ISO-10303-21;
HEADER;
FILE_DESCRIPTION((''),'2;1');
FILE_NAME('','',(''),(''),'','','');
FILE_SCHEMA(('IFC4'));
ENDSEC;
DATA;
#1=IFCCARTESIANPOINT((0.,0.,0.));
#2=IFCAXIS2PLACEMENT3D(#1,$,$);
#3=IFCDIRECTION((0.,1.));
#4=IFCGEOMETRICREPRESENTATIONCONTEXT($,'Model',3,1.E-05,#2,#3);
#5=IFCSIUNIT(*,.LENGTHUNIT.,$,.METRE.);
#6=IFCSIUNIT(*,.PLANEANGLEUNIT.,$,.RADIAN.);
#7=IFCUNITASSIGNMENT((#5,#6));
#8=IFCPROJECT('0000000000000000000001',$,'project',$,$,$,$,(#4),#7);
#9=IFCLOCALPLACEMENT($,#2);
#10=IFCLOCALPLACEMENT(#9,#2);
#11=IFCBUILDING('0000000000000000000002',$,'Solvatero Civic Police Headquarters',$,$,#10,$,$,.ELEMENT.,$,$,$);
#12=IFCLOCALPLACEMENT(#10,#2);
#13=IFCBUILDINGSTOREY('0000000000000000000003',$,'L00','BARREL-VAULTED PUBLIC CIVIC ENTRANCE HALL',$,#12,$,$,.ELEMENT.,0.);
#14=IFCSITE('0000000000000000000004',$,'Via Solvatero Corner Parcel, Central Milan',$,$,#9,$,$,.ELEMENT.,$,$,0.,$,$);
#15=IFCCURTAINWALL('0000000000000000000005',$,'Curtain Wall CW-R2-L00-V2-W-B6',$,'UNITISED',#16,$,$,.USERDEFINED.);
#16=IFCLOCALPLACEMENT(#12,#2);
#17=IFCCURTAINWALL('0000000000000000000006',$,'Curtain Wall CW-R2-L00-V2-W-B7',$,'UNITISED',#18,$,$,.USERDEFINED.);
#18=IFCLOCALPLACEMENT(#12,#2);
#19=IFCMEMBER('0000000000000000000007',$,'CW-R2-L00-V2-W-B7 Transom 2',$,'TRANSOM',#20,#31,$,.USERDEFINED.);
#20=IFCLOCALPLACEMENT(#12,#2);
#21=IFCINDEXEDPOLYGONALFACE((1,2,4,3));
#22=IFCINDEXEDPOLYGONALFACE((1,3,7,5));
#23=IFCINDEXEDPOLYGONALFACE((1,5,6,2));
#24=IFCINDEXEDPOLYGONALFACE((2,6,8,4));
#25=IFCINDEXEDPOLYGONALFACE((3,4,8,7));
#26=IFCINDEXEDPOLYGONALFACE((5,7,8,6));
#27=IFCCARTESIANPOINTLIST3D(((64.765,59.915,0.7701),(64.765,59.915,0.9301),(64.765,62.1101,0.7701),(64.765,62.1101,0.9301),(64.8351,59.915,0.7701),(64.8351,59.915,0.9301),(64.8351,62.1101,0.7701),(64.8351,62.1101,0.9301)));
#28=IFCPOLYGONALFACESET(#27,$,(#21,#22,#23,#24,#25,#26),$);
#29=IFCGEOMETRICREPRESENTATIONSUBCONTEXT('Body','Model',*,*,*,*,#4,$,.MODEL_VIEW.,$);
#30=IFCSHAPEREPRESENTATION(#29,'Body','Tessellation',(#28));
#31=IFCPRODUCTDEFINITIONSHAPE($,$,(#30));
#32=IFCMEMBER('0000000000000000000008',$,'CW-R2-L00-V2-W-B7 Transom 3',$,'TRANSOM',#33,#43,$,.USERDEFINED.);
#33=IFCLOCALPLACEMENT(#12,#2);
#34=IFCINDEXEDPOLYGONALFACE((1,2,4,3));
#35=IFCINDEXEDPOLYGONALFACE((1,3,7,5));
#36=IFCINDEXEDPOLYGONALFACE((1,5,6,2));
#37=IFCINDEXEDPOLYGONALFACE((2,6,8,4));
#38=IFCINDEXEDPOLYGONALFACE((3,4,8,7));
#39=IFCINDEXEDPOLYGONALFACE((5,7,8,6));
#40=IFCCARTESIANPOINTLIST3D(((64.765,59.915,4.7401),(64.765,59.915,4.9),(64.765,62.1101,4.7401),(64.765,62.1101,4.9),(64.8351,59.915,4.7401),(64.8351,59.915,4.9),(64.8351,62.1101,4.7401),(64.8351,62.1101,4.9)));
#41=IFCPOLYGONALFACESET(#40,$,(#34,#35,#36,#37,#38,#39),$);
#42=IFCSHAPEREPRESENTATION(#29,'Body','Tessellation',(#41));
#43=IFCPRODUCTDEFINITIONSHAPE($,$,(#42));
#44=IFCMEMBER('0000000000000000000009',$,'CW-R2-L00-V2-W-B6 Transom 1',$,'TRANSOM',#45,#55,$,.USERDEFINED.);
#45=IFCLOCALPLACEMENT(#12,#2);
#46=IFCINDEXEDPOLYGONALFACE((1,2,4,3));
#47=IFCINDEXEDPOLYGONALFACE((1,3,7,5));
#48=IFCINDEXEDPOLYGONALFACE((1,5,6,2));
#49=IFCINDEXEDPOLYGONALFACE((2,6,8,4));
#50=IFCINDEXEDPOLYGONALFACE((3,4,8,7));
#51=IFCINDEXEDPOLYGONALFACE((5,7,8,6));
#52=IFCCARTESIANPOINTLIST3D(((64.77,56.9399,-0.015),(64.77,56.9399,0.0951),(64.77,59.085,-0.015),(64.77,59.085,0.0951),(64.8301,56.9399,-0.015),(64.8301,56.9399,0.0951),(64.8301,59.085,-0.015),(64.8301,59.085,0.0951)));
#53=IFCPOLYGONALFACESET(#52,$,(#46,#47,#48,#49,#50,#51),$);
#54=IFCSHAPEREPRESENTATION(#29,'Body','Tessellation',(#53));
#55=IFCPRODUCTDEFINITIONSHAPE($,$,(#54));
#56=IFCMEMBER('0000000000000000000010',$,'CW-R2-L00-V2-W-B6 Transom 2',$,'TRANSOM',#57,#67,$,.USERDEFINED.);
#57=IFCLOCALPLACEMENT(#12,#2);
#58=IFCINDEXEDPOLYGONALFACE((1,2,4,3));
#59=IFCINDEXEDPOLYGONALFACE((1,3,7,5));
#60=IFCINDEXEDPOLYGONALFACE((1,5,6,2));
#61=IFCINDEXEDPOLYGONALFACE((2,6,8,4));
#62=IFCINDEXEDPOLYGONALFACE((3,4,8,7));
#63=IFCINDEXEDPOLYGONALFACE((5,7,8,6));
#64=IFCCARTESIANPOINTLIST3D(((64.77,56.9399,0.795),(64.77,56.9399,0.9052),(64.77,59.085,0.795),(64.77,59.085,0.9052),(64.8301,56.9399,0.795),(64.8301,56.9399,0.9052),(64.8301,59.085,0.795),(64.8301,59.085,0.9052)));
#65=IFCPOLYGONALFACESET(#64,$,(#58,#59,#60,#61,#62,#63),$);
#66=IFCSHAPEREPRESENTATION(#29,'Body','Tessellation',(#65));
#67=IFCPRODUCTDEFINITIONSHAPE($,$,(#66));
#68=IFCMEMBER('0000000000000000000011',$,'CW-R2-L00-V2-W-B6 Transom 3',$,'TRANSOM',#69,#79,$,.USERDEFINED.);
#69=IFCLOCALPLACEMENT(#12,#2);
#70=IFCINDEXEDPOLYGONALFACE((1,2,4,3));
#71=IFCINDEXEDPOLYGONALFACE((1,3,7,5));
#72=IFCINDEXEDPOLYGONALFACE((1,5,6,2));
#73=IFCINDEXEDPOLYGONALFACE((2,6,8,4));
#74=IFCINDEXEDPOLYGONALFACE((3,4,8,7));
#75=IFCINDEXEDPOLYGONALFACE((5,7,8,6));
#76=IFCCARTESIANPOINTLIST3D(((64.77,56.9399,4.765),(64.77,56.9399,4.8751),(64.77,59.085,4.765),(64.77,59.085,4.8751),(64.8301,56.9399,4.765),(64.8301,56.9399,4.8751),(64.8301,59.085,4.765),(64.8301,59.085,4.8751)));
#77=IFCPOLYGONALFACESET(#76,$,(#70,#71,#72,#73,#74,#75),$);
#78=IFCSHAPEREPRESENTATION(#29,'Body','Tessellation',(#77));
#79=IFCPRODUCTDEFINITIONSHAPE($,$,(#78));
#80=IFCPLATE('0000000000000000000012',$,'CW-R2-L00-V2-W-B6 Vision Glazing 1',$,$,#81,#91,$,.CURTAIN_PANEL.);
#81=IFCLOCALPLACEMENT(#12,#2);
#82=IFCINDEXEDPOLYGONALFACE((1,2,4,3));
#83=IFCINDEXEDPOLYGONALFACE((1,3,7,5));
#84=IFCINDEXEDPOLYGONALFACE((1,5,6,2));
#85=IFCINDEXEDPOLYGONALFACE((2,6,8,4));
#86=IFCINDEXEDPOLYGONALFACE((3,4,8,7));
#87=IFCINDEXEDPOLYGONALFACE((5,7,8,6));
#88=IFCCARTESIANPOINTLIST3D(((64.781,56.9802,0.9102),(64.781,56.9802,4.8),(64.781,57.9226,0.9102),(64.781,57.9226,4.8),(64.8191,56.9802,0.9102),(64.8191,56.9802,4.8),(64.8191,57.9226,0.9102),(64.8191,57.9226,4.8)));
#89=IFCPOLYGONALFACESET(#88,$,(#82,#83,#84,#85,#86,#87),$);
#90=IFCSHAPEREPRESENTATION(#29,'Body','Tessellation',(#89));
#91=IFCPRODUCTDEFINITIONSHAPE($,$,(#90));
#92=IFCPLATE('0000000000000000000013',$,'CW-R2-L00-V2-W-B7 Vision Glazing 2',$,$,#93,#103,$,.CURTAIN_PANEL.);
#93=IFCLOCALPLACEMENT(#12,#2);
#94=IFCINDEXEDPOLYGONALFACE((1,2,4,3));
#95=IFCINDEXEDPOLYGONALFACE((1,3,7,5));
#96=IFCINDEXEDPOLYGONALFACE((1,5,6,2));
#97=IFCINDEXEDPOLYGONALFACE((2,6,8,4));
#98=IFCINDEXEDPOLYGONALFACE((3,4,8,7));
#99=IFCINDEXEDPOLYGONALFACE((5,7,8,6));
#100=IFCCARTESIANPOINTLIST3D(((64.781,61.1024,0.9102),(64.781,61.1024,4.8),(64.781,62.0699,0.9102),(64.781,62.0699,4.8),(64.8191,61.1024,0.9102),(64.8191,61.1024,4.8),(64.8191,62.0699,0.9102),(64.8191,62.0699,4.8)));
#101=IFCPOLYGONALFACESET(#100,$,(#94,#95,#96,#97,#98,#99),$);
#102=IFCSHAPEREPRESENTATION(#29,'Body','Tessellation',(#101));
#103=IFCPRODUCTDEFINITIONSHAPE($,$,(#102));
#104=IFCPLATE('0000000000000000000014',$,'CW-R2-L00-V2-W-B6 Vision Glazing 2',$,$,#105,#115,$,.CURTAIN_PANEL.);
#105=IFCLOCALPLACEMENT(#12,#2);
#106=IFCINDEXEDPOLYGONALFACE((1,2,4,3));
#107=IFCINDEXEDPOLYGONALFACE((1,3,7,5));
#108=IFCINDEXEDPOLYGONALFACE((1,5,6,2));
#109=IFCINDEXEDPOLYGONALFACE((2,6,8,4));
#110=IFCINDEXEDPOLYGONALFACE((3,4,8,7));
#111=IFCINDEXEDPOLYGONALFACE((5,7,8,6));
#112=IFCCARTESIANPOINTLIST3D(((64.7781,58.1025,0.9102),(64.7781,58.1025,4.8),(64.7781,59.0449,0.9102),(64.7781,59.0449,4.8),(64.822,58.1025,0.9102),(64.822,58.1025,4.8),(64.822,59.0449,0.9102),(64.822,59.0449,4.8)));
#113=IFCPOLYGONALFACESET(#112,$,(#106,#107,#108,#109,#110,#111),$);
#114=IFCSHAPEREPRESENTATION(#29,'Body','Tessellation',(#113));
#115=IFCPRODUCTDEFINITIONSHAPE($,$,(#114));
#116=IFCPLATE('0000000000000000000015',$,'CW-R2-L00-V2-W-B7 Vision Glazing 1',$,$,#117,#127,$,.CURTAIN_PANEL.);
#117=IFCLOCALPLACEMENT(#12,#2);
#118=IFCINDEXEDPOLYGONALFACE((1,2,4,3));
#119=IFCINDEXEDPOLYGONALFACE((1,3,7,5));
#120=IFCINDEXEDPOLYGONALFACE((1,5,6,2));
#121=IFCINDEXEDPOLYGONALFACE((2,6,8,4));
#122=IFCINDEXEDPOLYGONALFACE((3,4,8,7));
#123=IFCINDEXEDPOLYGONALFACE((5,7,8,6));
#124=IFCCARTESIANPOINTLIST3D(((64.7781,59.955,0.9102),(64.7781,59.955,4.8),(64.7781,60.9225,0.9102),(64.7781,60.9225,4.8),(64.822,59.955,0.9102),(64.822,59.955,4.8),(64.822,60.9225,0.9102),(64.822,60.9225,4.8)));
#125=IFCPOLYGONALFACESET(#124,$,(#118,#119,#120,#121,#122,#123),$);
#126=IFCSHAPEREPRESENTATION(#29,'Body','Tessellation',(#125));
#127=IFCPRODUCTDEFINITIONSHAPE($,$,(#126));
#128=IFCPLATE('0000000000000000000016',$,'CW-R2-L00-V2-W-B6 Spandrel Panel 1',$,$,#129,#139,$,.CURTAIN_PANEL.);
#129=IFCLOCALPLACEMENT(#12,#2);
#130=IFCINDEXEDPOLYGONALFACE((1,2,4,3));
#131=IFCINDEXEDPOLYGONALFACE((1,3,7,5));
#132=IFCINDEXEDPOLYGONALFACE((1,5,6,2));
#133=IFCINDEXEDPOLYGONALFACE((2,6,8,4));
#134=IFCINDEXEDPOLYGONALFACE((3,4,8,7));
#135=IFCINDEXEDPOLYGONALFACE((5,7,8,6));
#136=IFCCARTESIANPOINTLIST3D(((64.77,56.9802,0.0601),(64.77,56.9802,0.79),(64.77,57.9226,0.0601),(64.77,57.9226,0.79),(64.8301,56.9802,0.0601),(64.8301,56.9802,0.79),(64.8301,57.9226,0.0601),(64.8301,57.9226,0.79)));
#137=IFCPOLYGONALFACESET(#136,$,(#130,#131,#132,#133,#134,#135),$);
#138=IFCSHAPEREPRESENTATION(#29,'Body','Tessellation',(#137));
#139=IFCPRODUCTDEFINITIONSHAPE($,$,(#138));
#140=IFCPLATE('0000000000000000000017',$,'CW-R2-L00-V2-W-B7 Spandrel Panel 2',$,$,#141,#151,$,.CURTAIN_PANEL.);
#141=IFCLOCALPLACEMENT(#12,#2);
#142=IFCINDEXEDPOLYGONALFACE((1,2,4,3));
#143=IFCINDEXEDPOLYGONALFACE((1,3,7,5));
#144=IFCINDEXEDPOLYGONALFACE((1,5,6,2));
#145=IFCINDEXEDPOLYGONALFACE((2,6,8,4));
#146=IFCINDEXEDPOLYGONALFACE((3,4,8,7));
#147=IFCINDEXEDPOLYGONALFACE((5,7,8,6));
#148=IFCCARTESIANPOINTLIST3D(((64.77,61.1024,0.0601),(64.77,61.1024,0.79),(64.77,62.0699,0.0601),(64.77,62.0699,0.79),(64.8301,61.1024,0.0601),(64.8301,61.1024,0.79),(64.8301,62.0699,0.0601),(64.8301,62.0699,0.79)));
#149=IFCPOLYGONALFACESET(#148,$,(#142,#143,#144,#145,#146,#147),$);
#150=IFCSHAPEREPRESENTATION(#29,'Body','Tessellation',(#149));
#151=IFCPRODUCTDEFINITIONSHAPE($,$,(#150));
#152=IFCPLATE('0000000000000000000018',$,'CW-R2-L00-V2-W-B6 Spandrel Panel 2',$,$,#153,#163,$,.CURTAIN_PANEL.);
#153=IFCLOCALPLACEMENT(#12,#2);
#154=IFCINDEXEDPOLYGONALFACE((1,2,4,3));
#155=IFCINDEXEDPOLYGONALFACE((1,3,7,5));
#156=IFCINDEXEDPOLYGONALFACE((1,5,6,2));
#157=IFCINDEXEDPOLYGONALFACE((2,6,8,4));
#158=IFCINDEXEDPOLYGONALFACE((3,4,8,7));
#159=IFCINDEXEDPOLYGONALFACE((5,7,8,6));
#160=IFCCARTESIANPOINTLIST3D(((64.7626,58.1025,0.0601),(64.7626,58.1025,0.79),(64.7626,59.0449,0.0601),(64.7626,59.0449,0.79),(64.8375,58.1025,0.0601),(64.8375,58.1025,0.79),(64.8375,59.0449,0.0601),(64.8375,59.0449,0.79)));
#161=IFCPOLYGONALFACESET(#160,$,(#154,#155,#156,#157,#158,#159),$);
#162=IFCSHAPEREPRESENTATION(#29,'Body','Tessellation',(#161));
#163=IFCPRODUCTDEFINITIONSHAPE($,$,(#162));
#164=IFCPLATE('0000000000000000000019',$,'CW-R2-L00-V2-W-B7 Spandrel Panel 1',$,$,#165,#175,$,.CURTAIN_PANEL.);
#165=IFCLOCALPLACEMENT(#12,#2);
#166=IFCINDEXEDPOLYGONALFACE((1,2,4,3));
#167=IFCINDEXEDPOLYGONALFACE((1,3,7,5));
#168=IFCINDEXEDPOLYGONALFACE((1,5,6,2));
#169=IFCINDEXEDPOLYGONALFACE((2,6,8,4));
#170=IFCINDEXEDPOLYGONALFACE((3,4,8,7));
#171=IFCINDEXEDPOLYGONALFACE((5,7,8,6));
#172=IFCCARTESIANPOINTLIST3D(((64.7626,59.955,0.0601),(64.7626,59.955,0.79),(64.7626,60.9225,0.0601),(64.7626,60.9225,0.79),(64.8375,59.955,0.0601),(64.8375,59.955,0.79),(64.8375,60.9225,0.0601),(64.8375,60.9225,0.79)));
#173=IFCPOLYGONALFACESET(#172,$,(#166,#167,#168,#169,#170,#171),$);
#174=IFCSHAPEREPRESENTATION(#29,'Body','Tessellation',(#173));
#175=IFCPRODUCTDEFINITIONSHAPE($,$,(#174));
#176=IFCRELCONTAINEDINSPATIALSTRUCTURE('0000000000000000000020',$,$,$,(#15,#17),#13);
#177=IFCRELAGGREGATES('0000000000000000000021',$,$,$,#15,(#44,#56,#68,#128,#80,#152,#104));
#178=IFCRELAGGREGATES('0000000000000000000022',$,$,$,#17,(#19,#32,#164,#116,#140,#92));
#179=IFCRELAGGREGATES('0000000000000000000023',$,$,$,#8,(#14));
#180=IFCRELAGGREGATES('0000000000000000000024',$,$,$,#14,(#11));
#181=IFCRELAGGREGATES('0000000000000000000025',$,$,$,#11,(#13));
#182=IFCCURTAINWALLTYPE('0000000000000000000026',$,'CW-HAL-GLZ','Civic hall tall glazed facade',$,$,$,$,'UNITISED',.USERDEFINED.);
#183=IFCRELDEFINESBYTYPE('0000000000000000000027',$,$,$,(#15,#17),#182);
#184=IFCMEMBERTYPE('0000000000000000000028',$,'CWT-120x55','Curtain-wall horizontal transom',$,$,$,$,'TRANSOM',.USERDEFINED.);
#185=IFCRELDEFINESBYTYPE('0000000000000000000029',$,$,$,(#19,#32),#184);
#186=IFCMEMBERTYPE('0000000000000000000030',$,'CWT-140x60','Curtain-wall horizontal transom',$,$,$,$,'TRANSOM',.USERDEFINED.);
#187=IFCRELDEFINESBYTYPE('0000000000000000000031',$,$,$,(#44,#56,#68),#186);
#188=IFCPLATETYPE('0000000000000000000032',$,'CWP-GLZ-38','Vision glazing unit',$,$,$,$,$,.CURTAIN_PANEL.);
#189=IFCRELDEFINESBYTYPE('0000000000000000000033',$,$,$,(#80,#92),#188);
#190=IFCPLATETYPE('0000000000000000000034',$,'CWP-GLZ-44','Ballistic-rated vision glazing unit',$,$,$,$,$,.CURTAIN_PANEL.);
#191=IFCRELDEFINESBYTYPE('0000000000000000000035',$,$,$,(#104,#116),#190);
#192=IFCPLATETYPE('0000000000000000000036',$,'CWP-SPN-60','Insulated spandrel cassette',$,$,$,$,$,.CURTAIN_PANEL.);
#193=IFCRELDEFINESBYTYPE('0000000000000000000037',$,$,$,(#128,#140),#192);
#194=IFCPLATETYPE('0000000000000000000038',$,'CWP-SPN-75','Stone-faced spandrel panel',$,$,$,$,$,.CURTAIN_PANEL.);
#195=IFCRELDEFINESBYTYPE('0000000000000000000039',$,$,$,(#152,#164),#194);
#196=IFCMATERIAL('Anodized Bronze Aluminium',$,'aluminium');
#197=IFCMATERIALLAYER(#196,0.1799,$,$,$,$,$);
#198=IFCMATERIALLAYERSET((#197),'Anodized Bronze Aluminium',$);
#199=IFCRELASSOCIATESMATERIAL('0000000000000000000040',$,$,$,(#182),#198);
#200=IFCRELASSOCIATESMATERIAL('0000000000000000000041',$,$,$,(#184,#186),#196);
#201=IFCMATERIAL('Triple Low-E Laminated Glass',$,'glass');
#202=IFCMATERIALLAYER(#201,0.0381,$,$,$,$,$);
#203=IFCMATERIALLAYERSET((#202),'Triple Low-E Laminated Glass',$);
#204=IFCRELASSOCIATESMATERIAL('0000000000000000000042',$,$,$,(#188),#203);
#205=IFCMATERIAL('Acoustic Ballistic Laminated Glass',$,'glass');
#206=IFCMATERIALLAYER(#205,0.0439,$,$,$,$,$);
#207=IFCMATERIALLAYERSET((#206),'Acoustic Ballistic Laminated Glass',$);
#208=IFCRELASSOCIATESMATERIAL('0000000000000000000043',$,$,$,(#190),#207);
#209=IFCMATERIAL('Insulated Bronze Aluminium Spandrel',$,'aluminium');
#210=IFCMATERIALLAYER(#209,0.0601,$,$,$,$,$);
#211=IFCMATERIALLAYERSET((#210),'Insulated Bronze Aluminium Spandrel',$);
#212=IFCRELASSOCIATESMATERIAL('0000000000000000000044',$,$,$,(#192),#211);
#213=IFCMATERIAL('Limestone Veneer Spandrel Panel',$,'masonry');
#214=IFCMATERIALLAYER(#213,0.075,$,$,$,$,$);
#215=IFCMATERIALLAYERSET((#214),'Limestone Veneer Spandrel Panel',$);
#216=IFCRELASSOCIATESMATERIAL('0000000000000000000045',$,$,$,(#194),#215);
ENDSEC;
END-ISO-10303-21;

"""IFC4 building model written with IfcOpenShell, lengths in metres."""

from ifc_helpers import new_model, si_unit, direction, frame, origin, origin_2d, place, context, subcontext, project, spatial, rectangle, extrude, material, layer, layer_set, material_profile, profile_set, type_object, element, aggregate, save


model = new_model("IFC4")

# Units and contexts
model_context = context("Model", 3, precision=1e-05, world=origin(), true_north=direction((0.0, 1.0)))
body_context = subcontext(model_context, "Body", "Model", "MODEL_VIEW")
ifc_project = project(units=[si_unit("LENGTHUNIT", "METRE"), si_unit("PLANEANGLEUNIT", "RADIAN")], contexts=[model_context])

# Site, building, storey
site_placement = place(None, origin())
site = spatial("IfcSite", under=ifc_project, at=site_placement, Name="Via Solvatero Corner Parcel, Central Milan", CompositionType="ELEMENT", RefElevation=0.0)
building_placement = place(site_placement, origin())
building = spatial("IfcBuilding", under=site, at=building_placement, Name="Solvatero Civic Police Headquarters", CompositionType="ELEMENT")
storey_placement = place(building_placement, origin())
storey = spatial("IfcBuildingStorey", under=building, at=storey_placement, Name="L00", Description="BARREL-VAULTED PUBLIC CIVIC ENTRANCE HALL", CompositionType="ELEMENT", Elevation=0.0)

# Curtain walls, members
ifc_material_1 = material(Name="Anodized Bronze Aluminium", Category="aluminium")
ifc_layer_1 = layer(ifc_material_1, 0.1799)
ifc_layer_set_1 = layer_set([ifc_layer_1], Name="Anodized Bronze Aluminium")
curtain_wall_type = type_object("IfcCurtainWallType", Name="CW-HAL-GLZ", Description="Civic hall tall glazed facade", ElementType="UNITISED", PredefinedType="USERDEFINED", material=ifc_layer_set_1)
curtain_wall_1_placement = place(storey_placement, origin())
curtain_wall_1 = element("IfcCurtainWall", 1, at=curtain_wall_1_placement, inside=storey, type_object=curtain_wall_type, Name="Curtain Wall CW-R2-L00-V2-W-B6", ObjectType="UNITISED", PredefinedType="USERDEFINED")
curtain_wall_2_placement = place(storey_placement, origin())
curtain_wall_2 = element("IfcCurtainWall", 2, at=curtain_wall_2_placement, inside=storey, type_object=curtain_wall_type, Name="Curtain Wall CW-R2-L00-V2-W-B7", ObjectType="UNITISED", PredefinedType="USERDEFINED")
ifc_material_profile_1 = material_profile(ifc_material_1, rectangle(XDim=0.0701, YDim=0.1599, at=origin_2d()), Name="ALU TRANSOM 70x160")
ifc_profile_set_1 = profile_set([ifc_material_profile_1], Name="Anodized Bronze Aluminium")
member_type_1 = type_object("IfcMemberType", Name="CWT-120x55", Description="Curtain-wall horizontal transom", ElementType="TRANSOM", PredefinedType="USERDEFINED", material=ifc_profile_set_1)
member_1_placement = place(storey_placement, frame((64.8, 59.915, 0.8501), z_axis=(0.0, 1.0, 0.0), x_axis=(-1.0, 0.0, 0.0)))
member_1 = element("IfcMember", 3, at=member_1_placement, type_object=member_type_1, Name="CW-R2-L00-V2-W-B7 Transom 2", ObjectType="TRANSOM", PredefinedType="USERDEFINED", context=body_context, shape_type="SweptSolid", body=[
    extrude(rectangle(XDim=0.0701, YDim=0.1599, at=origin_2d()), origin(), (0.0, 0.0, 1.0), 2.1951),
])
member_2_placement = place(storey_placement, frame((64.8, 59.915, 4.8201), z_axis=(0.0, 1.0, 0.0), x_axis=(-1.0, 0.0, 0.0)))
member_2 = element("IfcMember", 4, at=member_2_placement, type_object=member_type_1, Name="CW-R2-L00-V2-W-B7 Transom 3", ObjectType="TRANSOM", PredefinedType="USERDEFINED", context=body_context, shape_type="SweptSolid", body=[
    extrude(rectangle(XDim=0.0701, YDim=0.1599, at=origin_2d()), origin(), (0.0, 0.0, 1.0), 2.1951),
])

# Members
ifc_material_profile_2 = material_profile(ifc_material_1, rectangle(XDim=0.0601, YDim=0.1101, at=origin_2d()), Name="ALU TRANSOM 60x110")
ifc_profile_set_2 = profile_set([ifc_material_profile_2], Name="Anodized Bronze Aluminium")
member_type_2 = type_object("IfcMemberType", Name="CWT-140x60", Description="Curtain-wall horizontal transom", ElementType="TRANSOM", PredefinedType="USERDEFINED", material=ifc_profile_set_2)
member_3_placement = place(storey_placement, frame((64.8, 56.9399, 0.04), z_axis=(0.0, 1.0, 0.0), x_axis=(-1.0, 0.0, 0.0)))
member_3 = element("IfcMember", 5, at=member_3_placement, type_object=member_type_2, Name="CW-R2-L00-V2-W-B6 Transom 1", ObjectType="TRANSOM", PredefinedType="USERDEFINED", context=body_context, shape_type="SweptSolid", body=[
    extrude(rectangle(XDim=0.0601, YDim=0.1101, at=origin_2d()), origin(), (0.0, 0.0, 1.0), 2.145),
])
member_4_placement = place(storey_placement, frame((64.8, 56.9399, 0.8501), z_axis=(0.0, 1.0, 0.0), x_axis=(-1.0, 0.0, 0.0)))
member_4 = element("IfcMember", 6, at=member_4_placement, type_object=member_type_2, Name="CW-R2-L00-V2-W-B6 Transom 2", ObjectType="TRANSOM", PredefinedType="USERDEFINED", context=body_context, shape_type="SweptSolid", body=[
    extrude(rectangle(XDim=0.0601, YDim=0.1101, at=origin_2d()), origin(), (0.0, 0.0, 1.0), 2.145),
])
member_5_placement = place(storey_placement, frame((64.8, 56.9399, 4.8201), z_axis=(0.0, 1.0, 0.0), x_axis=(-1.0, 0.0, 0.0)))
member_5 = element("IfcMember", 7, at=member_5_placement, type_object=member_type_2, Name="CW-R2-L00-V2-W-B6 Transom 3", ObjectType="TRANSOM", PredefinedType="USERDEFINED", context=body_context, shape_type="SweptSolid", body=[
    extrude(rectangle(XDim=0.0601, YDim=0.1101, at=origin_2d()), origin(), (0.0, 0.0, 1.0), 2.145),
])

# Plates
ifc_material_2 = material(Name="Triple Low-E Laminated Glass", Category="glass")
ifc_layer_2 = layer(ifc_material_2, 0.0381)
ifc_layer_set_2 = layer_set([ifc_layer_2], Name="Triple Low-E Laminated Glass")
plate_type_1 = type_object("IfcPlateType", Name="CWP-GLZ-38", Description="Vision glazing unit", PredefinedType="CURTAIN_PANEL", material=ifc_layer_set_2)
plate_1_placement = place(storey_placement, frame((64.8, 57.4514, 0.9102), z_axis=(0.0, 0.0, 1.0), x_axis=(0.0, 1.0, 0.0)))
plate_1 = element("IfcPlate", 8, at=plate_1_placement, type_object=plate_type_1, Name="CW-R2-L00-V2-W-B6 Vision Glazing 1", PredefinedType="CURTAIN_PANEL", context=body_context, shape_type="SweptSolid", body=[
    extrude(rectangle(XDim=0.9424, YDim=0.0381, at=origin_2d()), origin(), (0.0, 0.0, 1.0), 3.8899),
])
plate_2_placement = place(storey_placement, frame((64.8, 61.5862, 0.9102), z_axis=(0.0, 0.0, 1.0), x_axis=(0.0, 1.0, 0.0)))
plate_2 = element("IfcPlate", 9, at=plate_2_placement, type_object=plate_type_1, Name="CW-R2-L00-V2-W-B7 Vision Glazing 2", PredefinedType="CURTAIN_PANEL", context=body_context, shape_type="SweptSolid", body=[
    extrude(rectangle(XDim=0.9675, YDim=0.0381, at=origin_2d()), origin(), (0.0, 0.0, 1.0), 3.8899),
])
ifc_material_3 = material(Name="Acoustic Ballistic Laminated Glass", Category="glass")
ifc_layer_3 = layer(ifc_material_3, 0.0439)
ifc_layer_set_3 = layer_set([ifc_layer_3], Name="Acoustic Ballistic Laminated Glass")
plate_type_2 = type_object("IfcPlateType", Name="CWP-GLZ-44", Description="Ballistic-rated vision glazing unit", PredefinedType="CURTAIN_PANEL", material=ifc_layer_set_3)
plate_3_placement = place(storey_placement, frame((64.8, 58.5737, 0.9102), z_axis=(0.0, 0.0, 1.0), x_axis=(0.0, 1.0, 0.0)))
plate_3 = element("IfcPlate", 10, at=plate_3_placement, type_object=plate_type_2, Name="CW-R2-L00-V2-W-B6 Vision Glazing 2", PredefinedType="CURTAIN_PANEL", context=body_context, shape_type="SweptSolid", body=[
    extrude(rectangle(XDim=0.9424, YDim=0.0439, at=origin_2d()), origin(), (0.0, 0.0, 1.0), 3.8899),
])
plate_4_placement = place(storey_placement, frame((64.8, 60.4387, 0.9102), z_axis=(0.0, 0.0, 1.0), x_axis=(0.0, 1.0, 0.0)))
plate_4 = element("IfcPlate", 11, at=plate_4_placement, type_object=plate_type_2, Name="CW-R2-L00-V2-W-B7 Vision Glazing 1", PredefinedType="CURTAIN_PANEL", context=body_context, shape_type="SweptSolid", body=[
    extrude(rectangle(XDim=0.9675, YDim=0.0439, at=origin_2d()), origin(), (0.0, 0.0, 1.0), 3.8899),
])
ifc_material_4 = material(Name="Insulated Bronze Aluminium Spandrel", Category="aluminium")
ifc_layer_4 = layer(ifc_material_4, 0.0601)
ifc_layer_set_4 = layer_set([ifc_layer_4], Name="Insulated Bronze Aluminium Spandrel")
plate_type_3 = type_object("IfcPlateType", Name="CWP-SPN-60", Description="Insulated spandrel cassette", PredefinedType="CURTAIN_PANEL", material=ifc_layer_set_4)
plate_5_placement = place(storey_placement, frame((64.8, 57.4514, 0.0601), z_axis=(0.0, 0.0, 1.0), x_axis=(0.0, 1.0, 0.0)))
plate_5 = element("IfcPlate", 12, at=plate_5_placement, type_object=plate_type_3, Name="CW-R2-L00-V2-W-B6 Spandrel Panel 1", PredefinedType="CURTAIN_PANEL", context=body_context, shape_type="SweptSolid", body=[
    extrude(rectangle(XDim=0.9424, YDim=0.0601, at=origin_2d()), origin(), (0.0, 0.0, 1.0), 0.73),
])
plate_6_placement = place(storey_placement, frame((64.8, 61.5862, 0.0601), z_axis=(0.0, 0.0, 1.0), x_axis=(0.0, 1.0, 0.0)))
plate_6 = element("IfcPlate", 13, at=plate_6_placement, type_object=plate_type_3, Name="CW-R2-L00-V2-W-B7 Spandrel Panel 2", PredefinedType="CURTAIN_PANEL", context=body_context, shape_type="SweptSolid", body=[
    extrude(rectangle(XDim=0.9675, YDim=0.0601, at=origin_2d()), origin(), (0.0, 0.0, 1.0), 0.73),
])
ifc_material_5 = material(Name="Limestone Veneer Spandrel Panel", Category="masonry")
ifc_layer_5 = layer(ifc_material_5, 0.075)
ifc_layer_set_5 = layer_set([ifc_layer_5], Name="Limestone Veneer Spandrel Panel")
plate_type_4 = type_object("IfcPlateType", Name="CWP-SPN-75", Description="Stone-faced spandrel panel", PredefinedType="CURTAIN_PANEL", material=ifc_layer_set_5)
plate_7_placement = place(storey_placement, frame((64.8, 58.5737, 0.0601), z_axis=(0.0, 0.0, 1.0), x_axis=(0.0, 1.0, 0.0)))
plate_7 = element("IfcPlate", 14, at=plate_7_placement, type_object=plate_type_4, Name="CW-R2-L00-V2-W-B6 Spandrel Panel 2", PredefinedType="CURTAIN_PANEL", context=body_context, shape_type="SweptSolid", body=[
    extrude(rectangle(XDim=0.9424, YDim=0.075, at=origin_2d()), origin(), (0.0, 0.0, 1.0), 0.73),
])
aggregate(curtain_wall_1, [member_3, member_4, member_5, plate_5, plate_1, plate_7, plate_3])
plate_8_placement = place(storey_placement, frame((64.8, 60.4387, 0.0601), z_axis=(0.0, 0.0, 1.0), x_axis=(0.0, 1.0, 0.0)))
plate_8 = element("IfcPlate", 15, at=plate_8_placement, type_object=plate_type_4, Name="CW-R2-L00-V2-W-B7 Spandrel Panel 1", PredefinedType="CURTAIN_PANEL", context=body_context, shape_type="SweptSolid", body=[
    extrude(rectangle(XDim=0.9675, YDim=0.075, at=origin_2d()), origin(), (0.0, 0.0, 1.0), 0.73),
])
aggregate(curtain_wall_2, [member_1, member_2, plate_8, plate_4, plate_6, plate_2])

save(model, "model.ifc")
